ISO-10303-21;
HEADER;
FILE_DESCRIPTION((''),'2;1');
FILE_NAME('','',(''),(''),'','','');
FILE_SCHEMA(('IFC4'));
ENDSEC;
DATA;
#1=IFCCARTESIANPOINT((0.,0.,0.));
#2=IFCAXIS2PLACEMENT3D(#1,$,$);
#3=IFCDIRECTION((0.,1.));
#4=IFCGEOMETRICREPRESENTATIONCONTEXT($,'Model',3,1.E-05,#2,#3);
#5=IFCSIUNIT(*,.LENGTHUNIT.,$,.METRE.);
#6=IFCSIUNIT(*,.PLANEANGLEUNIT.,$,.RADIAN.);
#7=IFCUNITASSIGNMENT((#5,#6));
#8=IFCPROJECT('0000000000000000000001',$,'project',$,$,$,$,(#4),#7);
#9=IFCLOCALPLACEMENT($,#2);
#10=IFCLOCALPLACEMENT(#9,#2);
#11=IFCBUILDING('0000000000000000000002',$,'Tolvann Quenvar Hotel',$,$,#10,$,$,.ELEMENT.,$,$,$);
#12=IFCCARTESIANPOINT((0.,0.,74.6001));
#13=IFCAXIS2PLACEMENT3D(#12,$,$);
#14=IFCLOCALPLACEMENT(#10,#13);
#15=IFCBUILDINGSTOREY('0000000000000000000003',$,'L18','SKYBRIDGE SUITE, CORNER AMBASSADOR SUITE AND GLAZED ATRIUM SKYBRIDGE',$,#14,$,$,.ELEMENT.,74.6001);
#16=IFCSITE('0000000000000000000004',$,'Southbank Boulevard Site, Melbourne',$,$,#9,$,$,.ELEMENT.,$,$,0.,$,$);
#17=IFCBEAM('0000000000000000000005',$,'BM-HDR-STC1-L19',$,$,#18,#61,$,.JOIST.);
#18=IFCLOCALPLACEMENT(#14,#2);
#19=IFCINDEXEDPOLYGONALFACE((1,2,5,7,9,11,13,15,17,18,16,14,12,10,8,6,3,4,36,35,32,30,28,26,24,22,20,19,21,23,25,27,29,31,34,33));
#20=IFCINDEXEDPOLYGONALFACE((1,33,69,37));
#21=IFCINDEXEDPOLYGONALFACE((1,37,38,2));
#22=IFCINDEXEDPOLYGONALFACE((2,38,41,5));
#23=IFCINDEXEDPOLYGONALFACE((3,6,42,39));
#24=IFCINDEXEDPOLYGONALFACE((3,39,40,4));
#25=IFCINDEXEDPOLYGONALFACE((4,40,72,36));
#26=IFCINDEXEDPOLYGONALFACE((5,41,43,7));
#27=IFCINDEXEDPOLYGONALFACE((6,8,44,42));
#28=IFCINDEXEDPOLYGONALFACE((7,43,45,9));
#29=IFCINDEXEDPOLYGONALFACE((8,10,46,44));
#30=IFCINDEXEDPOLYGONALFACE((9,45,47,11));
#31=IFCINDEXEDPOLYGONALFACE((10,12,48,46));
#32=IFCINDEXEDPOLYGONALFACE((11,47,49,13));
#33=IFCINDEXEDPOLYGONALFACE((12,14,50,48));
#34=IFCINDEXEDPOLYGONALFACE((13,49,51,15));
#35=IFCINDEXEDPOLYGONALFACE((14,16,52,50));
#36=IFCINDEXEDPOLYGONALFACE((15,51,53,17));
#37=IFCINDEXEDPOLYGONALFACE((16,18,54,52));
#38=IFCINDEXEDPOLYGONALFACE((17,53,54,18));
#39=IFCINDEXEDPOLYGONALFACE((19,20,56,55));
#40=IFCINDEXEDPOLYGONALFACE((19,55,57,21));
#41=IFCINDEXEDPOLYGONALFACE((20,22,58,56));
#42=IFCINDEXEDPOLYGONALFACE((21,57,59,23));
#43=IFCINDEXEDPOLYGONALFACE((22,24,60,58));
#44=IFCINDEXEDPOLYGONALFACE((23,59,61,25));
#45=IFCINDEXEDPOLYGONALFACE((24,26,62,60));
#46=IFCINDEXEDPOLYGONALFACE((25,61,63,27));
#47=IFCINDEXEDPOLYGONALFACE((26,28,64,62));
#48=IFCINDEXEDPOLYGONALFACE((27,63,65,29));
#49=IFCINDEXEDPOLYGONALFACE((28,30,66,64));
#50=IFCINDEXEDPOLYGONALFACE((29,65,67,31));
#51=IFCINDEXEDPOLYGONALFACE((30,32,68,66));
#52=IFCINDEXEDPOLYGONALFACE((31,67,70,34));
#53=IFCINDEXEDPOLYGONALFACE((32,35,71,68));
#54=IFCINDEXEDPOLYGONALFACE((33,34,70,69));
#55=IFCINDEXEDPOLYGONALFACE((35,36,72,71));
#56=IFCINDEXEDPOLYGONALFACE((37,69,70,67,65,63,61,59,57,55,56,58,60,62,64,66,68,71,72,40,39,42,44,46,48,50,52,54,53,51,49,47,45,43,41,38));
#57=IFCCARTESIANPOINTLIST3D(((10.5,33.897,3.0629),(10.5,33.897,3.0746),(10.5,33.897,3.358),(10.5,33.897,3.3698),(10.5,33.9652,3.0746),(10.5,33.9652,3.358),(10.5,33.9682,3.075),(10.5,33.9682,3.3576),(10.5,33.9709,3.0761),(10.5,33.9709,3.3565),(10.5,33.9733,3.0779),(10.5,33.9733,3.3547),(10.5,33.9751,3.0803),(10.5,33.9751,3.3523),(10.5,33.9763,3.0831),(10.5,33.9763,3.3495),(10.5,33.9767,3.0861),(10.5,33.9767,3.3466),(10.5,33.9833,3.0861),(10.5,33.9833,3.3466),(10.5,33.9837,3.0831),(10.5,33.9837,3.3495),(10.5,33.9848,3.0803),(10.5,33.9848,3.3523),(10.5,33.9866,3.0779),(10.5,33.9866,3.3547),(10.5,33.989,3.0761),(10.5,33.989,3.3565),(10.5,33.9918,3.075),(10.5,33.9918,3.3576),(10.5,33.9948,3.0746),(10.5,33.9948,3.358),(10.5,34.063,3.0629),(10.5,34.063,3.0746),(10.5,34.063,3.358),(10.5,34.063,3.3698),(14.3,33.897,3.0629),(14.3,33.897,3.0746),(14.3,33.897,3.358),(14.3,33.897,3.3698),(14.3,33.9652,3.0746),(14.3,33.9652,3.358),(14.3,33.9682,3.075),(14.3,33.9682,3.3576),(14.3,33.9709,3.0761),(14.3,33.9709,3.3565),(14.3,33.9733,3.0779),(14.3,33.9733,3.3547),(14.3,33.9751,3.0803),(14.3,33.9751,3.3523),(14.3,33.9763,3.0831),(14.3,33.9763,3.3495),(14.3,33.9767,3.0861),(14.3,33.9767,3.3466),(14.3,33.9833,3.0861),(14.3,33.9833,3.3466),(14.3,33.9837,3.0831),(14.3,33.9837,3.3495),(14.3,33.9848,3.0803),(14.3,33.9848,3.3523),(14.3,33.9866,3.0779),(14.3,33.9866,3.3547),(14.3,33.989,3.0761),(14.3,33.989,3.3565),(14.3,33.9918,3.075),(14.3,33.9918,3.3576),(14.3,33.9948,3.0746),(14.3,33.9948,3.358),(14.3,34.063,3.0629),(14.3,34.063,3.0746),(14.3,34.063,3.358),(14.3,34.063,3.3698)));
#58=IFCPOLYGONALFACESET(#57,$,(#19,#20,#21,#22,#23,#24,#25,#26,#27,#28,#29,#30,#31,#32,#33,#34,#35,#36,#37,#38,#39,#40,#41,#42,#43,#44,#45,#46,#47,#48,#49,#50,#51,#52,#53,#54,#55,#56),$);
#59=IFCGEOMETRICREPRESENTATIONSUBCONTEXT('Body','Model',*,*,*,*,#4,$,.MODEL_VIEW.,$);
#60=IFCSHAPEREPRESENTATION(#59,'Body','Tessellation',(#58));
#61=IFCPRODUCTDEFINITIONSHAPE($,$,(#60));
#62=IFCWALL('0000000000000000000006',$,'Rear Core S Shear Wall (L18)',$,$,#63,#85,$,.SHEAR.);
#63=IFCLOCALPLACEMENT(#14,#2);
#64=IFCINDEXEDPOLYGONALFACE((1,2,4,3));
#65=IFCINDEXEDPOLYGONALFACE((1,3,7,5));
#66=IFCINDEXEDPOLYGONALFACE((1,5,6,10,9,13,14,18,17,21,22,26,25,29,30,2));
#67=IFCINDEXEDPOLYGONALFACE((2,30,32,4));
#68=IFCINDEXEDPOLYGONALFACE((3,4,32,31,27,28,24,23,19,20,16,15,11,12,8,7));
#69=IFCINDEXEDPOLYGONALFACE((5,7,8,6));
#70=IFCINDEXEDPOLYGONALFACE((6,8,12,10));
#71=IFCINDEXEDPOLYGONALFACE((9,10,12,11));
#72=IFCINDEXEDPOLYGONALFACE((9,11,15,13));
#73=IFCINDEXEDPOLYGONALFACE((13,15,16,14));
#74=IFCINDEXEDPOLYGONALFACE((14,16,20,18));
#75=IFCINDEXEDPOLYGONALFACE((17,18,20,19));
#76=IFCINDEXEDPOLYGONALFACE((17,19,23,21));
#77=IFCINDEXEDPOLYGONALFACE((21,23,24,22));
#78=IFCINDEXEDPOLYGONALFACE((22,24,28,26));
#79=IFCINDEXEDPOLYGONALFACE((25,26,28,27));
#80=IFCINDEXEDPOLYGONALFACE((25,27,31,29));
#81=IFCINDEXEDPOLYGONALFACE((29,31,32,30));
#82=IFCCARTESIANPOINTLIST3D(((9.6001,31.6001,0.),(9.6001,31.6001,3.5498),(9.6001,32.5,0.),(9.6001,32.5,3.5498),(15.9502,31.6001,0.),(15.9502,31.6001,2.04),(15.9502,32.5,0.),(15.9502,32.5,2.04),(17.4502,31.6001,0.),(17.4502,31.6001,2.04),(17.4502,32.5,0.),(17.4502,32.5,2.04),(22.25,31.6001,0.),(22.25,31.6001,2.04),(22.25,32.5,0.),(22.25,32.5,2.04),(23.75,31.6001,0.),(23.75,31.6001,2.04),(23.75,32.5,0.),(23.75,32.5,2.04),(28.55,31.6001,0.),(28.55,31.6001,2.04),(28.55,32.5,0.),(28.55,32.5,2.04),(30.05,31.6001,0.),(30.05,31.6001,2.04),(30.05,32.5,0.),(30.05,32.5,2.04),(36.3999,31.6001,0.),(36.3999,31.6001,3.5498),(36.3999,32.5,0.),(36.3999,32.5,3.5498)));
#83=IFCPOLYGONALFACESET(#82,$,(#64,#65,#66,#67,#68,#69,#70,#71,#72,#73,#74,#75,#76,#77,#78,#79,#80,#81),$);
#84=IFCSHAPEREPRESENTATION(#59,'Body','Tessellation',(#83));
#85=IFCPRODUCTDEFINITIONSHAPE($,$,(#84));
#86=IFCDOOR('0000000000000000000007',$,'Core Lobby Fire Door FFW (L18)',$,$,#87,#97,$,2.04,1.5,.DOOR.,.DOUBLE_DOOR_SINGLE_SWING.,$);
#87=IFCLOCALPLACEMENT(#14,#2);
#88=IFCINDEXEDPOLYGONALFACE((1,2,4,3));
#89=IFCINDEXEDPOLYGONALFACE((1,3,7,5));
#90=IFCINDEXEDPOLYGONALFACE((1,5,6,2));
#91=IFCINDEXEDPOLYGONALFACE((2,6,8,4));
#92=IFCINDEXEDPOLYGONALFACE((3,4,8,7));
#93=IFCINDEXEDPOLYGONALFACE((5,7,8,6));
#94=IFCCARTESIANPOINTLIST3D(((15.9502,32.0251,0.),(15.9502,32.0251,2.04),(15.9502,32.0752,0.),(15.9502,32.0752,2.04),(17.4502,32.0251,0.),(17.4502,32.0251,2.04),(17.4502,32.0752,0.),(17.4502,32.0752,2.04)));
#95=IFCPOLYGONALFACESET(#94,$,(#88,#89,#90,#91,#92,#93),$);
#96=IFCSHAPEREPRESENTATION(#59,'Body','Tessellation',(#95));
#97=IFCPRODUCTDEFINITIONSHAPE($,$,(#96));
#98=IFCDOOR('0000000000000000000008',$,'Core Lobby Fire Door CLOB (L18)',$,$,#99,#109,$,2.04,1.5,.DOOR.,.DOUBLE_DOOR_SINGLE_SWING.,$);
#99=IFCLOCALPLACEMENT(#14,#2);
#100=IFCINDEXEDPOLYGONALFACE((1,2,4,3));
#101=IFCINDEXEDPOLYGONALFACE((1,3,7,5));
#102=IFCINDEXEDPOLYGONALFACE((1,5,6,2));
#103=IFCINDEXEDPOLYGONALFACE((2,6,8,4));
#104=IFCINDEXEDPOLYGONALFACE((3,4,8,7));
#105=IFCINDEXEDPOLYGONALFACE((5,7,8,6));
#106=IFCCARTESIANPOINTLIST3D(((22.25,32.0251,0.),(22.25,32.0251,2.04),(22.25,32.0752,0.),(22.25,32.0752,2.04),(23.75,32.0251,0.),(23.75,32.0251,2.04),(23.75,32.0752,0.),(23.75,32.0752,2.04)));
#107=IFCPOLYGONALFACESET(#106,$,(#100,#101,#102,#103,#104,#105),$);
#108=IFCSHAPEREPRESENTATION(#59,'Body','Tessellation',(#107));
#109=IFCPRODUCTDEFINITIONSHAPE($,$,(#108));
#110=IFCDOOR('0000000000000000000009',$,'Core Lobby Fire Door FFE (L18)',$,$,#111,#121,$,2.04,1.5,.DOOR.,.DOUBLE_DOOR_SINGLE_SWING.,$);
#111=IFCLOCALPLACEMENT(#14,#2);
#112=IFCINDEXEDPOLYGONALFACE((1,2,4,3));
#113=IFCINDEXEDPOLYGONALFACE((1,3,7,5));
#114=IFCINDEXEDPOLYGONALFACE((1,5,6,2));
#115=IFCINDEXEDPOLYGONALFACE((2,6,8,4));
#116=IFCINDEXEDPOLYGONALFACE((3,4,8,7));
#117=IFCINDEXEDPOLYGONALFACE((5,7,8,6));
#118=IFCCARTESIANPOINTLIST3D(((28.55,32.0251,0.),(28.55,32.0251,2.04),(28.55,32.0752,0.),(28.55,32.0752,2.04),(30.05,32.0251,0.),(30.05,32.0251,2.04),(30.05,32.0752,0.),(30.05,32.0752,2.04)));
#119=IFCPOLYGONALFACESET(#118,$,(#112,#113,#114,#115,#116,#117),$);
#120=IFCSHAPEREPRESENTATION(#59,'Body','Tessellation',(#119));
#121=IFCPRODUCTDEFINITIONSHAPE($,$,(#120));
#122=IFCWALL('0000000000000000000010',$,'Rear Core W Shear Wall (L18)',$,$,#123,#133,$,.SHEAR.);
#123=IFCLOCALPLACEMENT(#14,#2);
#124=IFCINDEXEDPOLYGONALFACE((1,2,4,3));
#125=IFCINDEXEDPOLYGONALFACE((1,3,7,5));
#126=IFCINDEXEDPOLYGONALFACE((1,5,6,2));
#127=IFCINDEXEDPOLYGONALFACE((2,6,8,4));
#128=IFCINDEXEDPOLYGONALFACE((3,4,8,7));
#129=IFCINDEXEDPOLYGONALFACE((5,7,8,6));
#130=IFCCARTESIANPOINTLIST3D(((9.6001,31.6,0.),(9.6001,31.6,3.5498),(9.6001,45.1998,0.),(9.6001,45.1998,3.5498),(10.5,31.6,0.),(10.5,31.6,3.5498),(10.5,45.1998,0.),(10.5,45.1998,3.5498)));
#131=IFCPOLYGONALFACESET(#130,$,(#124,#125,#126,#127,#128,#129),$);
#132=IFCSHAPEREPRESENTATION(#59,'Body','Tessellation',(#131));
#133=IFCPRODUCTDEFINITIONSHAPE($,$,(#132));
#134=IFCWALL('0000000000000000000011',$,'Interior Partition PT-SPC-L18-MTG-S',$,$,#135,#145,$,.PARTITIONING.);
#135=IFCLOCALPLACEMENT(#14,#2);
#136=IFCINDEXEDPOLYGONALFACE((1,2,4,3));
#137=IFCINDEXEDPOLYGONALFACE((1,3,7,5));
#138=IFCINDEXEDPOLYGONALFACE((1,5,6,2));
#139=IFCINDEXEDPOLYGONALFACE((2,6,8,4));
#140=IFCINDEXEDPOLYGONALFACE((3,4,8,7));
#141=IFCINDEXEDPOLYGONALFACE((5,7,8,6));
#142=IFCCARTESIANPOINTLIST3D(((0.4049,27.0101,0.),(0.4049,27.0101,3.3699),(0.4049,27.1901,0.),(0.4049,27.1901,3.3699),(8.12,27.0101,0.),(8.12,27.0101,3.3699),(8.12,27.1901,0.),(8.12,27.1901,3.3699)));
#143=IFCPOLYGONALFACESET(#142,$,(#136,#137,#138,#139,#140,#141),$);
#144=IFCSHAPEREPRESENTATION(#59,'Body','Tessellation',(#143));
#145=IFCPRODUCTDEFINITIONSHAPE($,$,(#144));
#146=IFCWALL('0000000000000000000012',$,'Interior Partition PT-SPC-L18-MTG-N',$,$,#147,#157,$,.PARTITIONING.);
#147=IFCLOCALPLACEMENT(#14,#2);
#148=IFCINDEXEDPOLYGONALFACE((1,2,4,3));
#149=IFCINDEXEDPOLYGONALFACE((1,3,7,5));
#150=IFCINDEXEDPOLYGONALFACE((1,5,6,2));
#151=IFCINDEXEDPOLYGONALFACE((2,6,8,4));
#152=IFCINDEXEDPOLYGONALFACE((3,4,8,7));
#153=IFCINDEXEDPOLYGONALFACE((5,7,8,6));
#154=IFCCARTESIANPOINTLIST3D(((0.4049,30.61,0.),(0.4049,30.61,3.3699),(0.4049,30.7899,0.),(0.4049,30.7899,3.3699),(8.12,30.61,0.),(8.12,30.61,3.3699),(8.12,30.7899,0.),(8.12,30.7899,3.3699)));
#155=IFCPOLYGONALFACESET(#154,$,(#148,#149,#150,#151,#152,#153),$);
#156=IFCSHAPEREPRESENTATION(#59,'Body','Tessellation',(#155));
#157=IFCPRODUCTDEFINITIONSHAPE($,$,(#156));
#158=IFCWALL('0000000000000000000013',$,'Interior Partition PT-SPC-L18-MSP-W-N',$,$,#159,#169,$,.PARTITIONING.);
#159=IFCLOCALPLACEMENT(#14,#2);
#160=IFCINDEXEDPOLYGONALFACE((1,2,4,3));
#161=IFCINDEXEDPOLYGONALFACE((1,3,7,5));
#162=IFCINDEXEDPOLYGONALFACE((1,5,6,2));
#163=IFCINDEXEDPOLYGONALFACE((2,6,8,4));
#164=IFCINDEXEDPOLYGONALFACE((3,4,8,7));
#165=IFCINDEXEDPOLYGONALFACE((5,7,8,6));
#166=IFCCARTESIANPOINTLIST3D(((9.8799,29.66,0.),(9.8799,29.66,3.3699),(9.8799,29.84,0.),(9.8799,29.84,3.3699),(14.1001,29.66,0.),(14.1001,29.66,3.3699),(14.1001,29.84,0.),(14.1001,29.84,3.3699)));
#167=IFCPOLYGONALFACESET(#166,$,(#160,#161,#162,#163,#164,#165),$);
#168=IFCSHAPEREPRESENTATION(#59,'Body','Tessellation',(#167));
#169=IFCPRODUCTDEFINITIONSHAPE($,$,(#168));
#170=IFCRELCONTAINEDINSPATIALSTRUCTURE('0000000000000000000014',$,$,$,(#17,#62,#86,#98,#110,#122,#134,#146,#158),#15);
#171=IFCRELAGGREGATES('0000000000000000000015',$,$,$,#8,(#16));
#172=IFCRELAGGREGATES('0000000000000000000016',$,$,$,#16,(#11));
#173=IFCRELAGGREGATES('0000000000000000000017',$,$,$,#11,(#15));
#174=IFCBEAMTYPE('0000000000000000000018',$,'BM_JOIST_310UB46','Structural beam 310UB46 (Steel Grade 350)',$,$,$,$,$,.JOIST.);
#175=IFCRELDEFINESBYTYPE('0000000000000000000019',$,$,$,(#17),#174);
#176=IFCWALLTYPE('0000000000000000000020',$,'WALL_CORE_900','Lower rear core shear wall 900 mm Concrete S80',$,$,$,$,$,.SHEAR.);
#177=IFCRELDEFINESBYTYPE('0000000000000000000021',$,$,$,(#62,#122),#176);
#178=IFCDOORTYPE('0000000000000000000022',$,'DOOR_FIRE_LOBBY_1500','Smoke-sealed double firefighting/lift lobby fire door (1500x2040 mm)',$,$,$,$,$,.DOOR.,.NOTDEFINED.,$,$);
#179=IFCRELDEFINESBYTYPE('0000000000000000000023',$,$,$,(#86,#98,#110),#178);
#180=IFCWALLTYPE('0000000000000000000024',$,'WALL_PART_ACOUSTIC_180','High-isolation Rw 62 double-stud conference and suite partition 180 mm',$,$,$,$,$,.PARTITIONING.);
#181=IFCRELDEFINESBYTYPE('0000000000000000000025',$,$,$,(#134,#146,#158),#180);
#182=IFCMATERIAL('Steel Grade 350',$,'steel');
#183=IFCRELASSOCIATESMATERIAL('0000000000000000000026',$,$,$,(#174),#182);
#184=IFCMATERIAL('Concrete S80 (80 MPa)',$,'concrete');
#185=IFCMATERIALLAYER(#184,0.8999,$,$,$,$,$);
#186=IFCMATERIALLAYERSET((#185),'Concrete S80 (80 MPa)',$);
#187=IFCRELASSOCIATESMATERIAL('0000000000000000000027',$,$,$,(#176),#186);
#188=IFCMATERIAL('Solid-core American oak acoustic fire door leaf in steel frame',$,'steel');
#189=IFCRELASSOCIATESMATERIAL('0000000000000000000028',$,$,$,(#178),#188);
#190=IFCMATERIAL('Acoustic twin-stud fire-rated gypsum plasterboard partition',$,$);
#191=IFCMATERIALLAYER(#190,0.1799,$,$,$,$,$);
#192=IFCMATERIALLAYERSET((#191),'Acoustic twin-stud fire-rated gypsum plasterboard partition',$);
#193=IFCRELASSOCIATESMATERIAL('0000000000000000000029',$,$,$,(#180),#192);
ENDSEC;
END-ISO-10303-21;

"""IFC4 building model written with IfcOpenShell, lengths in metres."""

from ifc_helpers import new_model, si_unit, direction, frame, frame_2d, origin, origin_2d, place, context, subcontext, project, spatial, rectangle, i_section, extrude, source, transform, mapped, material, layer, layer_set, material_profile, profile_set, type_object, type_shapes, element, fill, save


model = new_model("IFC4")

# Units and contexts
model_context = context("Model", 3, precision=1e-05, world=origin(), true_north=direction((0.0, 1.0)))
body_context = subcontext(model_context, "Body", "Model", "MODEL_VIEW")
ifc_project = project(units=[si_unit("LENGTHUNIT", "METRE"), si_unit("PLANEANGLEUNIT", "RADIAN")], contexts=[model_context])

# Site, building, storey
site_placement = place(None, origin())
site = spatial("IfcSite", under=ifc_project, at=site_placement, Name="Southbank Boulevard Site, Melbourne", CompositionType="ELEMENT", RefElevation=0.0)
building_placement = place(site_placement, origin())
building = spatial("IfcBuilding", under=site, at=building_placement, Name="Tolvann Quenvar Hotel", CompositionType="ELEMENT")
storey_placement = place(building_placement, frame((0.0, 0.0, 74.6001)))
storey = spatial("IfcBuildingStorey", under=building, at=storey_placement, Name="L18", Description="SKYBRIDGE SUITE, CORNER AMBASSADOR SUITE AND GLAZED ATRIUM SKYBRIDGE", CompositionType="ELEMENT", Elevation=74.6001)

# Beam
ifc_material_1 = material(Name="Steel Grade 350", Category="steel")
ifc_material_profile_1 = material_profile(ifc_material_1, i_section(OverallWidth=0.166, OverallDepth=0.3069, WebThickness=0.0066, FlangeThickness=0.0117, FilletRadius=0.0115, at=origin_2d()), Name="310UB46")
ifc_profile_set_1 = profile_set([ifc_material_profile_1], Name="Steel Grade 350")
beam_type_1 = type_object("IfcBeamType", Name="BM_JOIST_310UB46", Description="Structural beam 310UB46 (Steel Grade 350)", PredefinedType="JOIST", material=ifc_profile_set_1)
shared_shape_1 = source(origin(), body_context, "Body", "SweptSolid", [
    extrude(i_section(OverallWidth=0.166, OverallDepth=0.3069, WebThickness=0.0066, FlangeThickness=0.0117, FilletRadius=0.0115, at=origin_2d()), origin(), (0.0, 0.0, 1.0), 3.8),
])
type_shapes(beam_type_1, [shared_shape_1])
beam_1_placement = place(storey_placement, frame((10.5, 33.98, 3.2163), z_axis=(1.0, 0.0, 0.0), x_axis=(0.0, 1.0, 0.0)))
element("IfcBeam", 1, at=beam_1_placement, inside=storey, type_object=beam_type_1, Name="BM-HDR-STC1-L19", PredefinedType="JOIST", context=body_context, shape_type="MappedRepresentation", body=[
    mapped(shared_shape_1, transform((0.0, 0.0, 0.0), x_axis=(1.0, 0.0, 0.0), y_axis=(0.0, 1.0, 0.0), z_axis=(0.0, 0.0, 1.0), scale=1.0)),
])

# Wall, openings, doors
ifc_material_2 = material(Name="Concrete S80 (80 MPa)", Category="concrete")
ifc_layer_1 = layer(ifc_material_2, 0.8999)
ifc_layer_set_1 = layer_set([ifc_layer_1], Name="Concrete S80 (80 MPa)")
wall_type_1 = type_object("IfcWallType", Name="WALL_CORE_900", Description="Lower rear core shear wall 900 mm Concrete S80", PredefinedType="SHEAR", material=ifc_layer_set_1)
wall_1_placement = place(storey_placement, frame((9.6001, 32.05, 0.0), z_axis=(0.0, 0.0, 1.0), x_axis=(1.0, 0.0, 0.0)))
wall_1 = element("IfcWall", 2, at=wall_1_placement, inside=storey, type_object=wall_type_1, Name="Rear Core S Shear Wall (L18)", PredefinedType="SHEAR", context=body_context, shape_type="SweptSolid", body=[
    extrude(rectangle(XDim=26.7998, YDim=0.8999, at=frame_2d((13.3999, 0.0))), origin(), (0.0, 0.0, 1.0), 3.5498),
])
opening_1_placement = place(wall_1_placement, frame((7.8501, 0.0, 0.0), z_axis=(0.0, 0.0, 1.0), x_axis=(-1.0, 0.0, 0.0)))
opening_1 = element("IfcOpeningElement", 3, at=opening_1_placement, cuts=wall_1, PredefinedType="OPENING", context=body_context, shape_type="SweptSolid", body=[
    extrude(rectangle(XDim=1.5, YDim=2.04, at=frame_2d((0.75, 1.02))), frame((0.0, 0.46, 0.0), z_axis=(0.0, -1.0, 0.0), x_axis=(1.0, 0.0, 0.0)), (0.0, 0.0, 1.0), 0.9199),
])
opening_2_placement = place(wall_1_placement, frame((14.1499, 0.0, 0.0), z_axis=(0.0, 0.0, 1.0), x_axis=(-1.0, 0.0, 0.0)))
opening_2 = element("IfcOpeningElement", 4, at=opening_2_placement, cuts=wall_1, PredefinedType="OPENING", context=body_context, shape_type="SweptSolid", body=[
    extrude(rectangle(XDim=1.5, YDim=2.04, at=frame_2d((0.75, 1.02))), frame((0.0, 0.46, 0.0), z_axis=(0.0, -1.0, 0.0), x_axis=(1.0, 0.0, 0.0)), (0.0, 0.0, 1.0), 0.9199),
])
opening_3_placement = place(wall_1_placement, frame((20.45, 0.0, 0.0), z_axis=(0.0, 0.0, 1.0), x_axis=(-1.0, 0.0, 0.0)))
opening_3 = element("IfcOpeningElement", 5, at=opening_3_placement, cuts=wall_1, PredefinedType="OPENING", context=body_context, shape_type="SweptSolid", body=[
    extrude(rectangle(XDim=1.5, YDim=2.04, at=frame_2d((0.75, 1.02))), frame((0.0, 0.46, 0.0), z_axis=(0.0, -1.0, 0.0), x_axis=(1.0, 0.0, 0.0)), (0.0, 0.0, 1.0), 0.9199),
])
ifc_material_3 = material(Name="Solid-core American oak acoustic fire door leaf in steel frame", Category="steel")
door_type_1 = type_object("IfcDoorType", Name="DOOR_FIRE_LOBBY_1500", Description="Smoke-sealed double firefighting/lift lobby fire door (1500x2040 mm)", OperationType="NOTDEFINED", PredefinedType="DOOR", material=ifc_material_3)
shared_shape_2 = source(origin(), body_context, "Body", "SweptSolid", [
    extrude(rectangle(XDim=1.5, YDim=2.04, at=frame_2d((0.75, 1.02))), frame((0.0, 0.0249, 0.0), z_axis=(0.0, -1.0, 0.0), x_axis=(1.0, 0.0, 0.0)), (0.0, 0.0, 1.0), 0.05),
])
type_shapes(door_type_1, [shared_shape_2])
door_1_placement = place(opening_1_placement, origin())
door_1 = element("IfcDoor", 6, at=door_1_placement, inside=storey, type_object=door_type_1, Name="Core Lobby Fire Door FFW (L18)", OperationType="DOUBLE_DOOR_SINGLE_SWING", OverallHeight=2.04, OverallWidth=1.5, PredefinedType="DOOR", context=body_context, shape_type="MappedRepresentation", body=[
    mapped(shared_shape_2, transform((0.0, 0.0, 0.0), x_axis=(1.0, 0.0, 0.0), y_axis=(0.0, 1.0, 0.0), z_axis=(0.0, 0.0, 1.0), scale=1.0)),
])
fill(opening_1, door_1)
door_2_placement = place(opening_2_placement, origin())
door_2 = element("IfcDoor", 7, at=door_2_placement, inside=storey, type_object=door_type_1, Name="Core Lobby Fire Door CLOB (L18)", OperationType="DOUBLE_DOOR_SINGLE_SWING", OverallHeight=2.04, OverallWidth=1.5, PredefinedType="DOOR", context=body_context, shape_type="MappedRepresentation", body=[
    mapped(shared_shape_2, transform((0.0, 0.0, 0.0), x_axis=(1.0, 0.0, 0.0), y_axis=(0.0, 1.0, 0.0), z_axis=(0.0, 0.0, 1.0), scale=1.0)),
])
fill(opening_2, door_2)
door_3_placement = place(opening_3_placement, origin())
door_3 = element("IfcDoor", 8, at=door_3_placement, inside=storey, type_object=door_type_1, Name="Core Lobby Fire Door FFE (L18)", OperationType="DOUBLE_DOOR_SINGLE_SWING", OverallHeight=2.04, OverallWidth=1.5, PredefinedType="DOOR", context=body_context, shape_type="MappedRepresentation", body=[
    mapped(shared_shape_2, transform((0.0, 0.0, 0.0), x_axis=(1.0, 0.0, 0.0), y_axis=(0.0, 1.0, 0.0), z_axis=(0.0, 0.0, 1.0), scale=1.0)),
])
fill(opening_3, door_3)

# Walls
wall_2_placement = place(storey_placement, frame((10.05, 31.6001, 0.0), z_axis=(0.0, 0.0, 1.0), x_axis=(0.0, 1.0, 0.0)))
element("IfcWall", 9, at=wall_2_placement, inside=storey, type_object=wall_type_1, Name="Rear Core W Shear Wall (L18)", PredefinedType="SHEAR", context=body_context, shape_type="SweptSolid", body=[
    extrude(rectangle(XDim=13.5999, YDim=0.8999, at=frame_2d((6.7998, 0.0))), origin(), (0.0, 0.0, 1.0), 3.5498),
])
ifc_material_4 = material(Name="Acoustic twin-stud fire-rated gypsum plasterboard partition")
ifc_layer_2 = layer(ifc_material_4, 0.1799)
ifc_layer_set_2 = layer_set([ifc_layer_2], Name="Acoustic twin-stud fire-rated gypsum plasterboard partition")
wall_type_2 = type_object("IfcWallType", Name="WALL_PART_ACOUSTIC_180", Description="High-isolation Rw 62 double-stud conference and suite partition 180 mm", PredefinedType="PARTITIONING", material=ifc_layer_set_2)
for number, where, z_axis, x_axis, name in (
    (10, (0.405, 27.1001, 0.0), (0.0, 0.0, 1.0), (1.0, 0.0, 0.0), "Interior Partition PT-SPC-L18-MTG-S"),
    (11, (0.405, 30.7, 0.0), (0.0, 0.0, 1.0), (1.0, 0.0, 0.0), "Interior Partition PT-SPC-L18-MTG-N"),
):
    element("IfcWall", number, at=place(storey_placement, frame(where, z_axis=z_axis, x_axis=x_axis)), inside=storey, type_object=wall_type_2, Name=name, PredefinedType="PARTITIONING", context=body_context, shape_type="SweptSolid", body=[
        extrude(rectangle(XDim=7.7151, YDim=0.1799, at=frame_2d((3.8574, 0.0))), origin(), (0.0, 0.0, 1.0), 3.3699),
    ])

# Wall
wall_3_placement = place(storey_placement, frame((9.8799, 29.75, 0.0), z_axis=(0.0, 0.0, 1.0), x_axis=(1.0, 0.0, 0.0)))
element("IfcWall", 12, at=wall_3_placement, inside=storey, type_object=wall_type_2, Name="Interior Partition PT-SPC-L18-MSP-W-N", PredefinedType="PARTITIONING", context=body_context, shape_type="SweptSolid", body=[
    extrude(rectangle(XDim=4.2202, YDim=0.1799, at=frame_2d((2.1101, 0.0))), origin(), (0.0, 0.0, 1.0), 3.3699),
])

save(model, "model.ifc")
